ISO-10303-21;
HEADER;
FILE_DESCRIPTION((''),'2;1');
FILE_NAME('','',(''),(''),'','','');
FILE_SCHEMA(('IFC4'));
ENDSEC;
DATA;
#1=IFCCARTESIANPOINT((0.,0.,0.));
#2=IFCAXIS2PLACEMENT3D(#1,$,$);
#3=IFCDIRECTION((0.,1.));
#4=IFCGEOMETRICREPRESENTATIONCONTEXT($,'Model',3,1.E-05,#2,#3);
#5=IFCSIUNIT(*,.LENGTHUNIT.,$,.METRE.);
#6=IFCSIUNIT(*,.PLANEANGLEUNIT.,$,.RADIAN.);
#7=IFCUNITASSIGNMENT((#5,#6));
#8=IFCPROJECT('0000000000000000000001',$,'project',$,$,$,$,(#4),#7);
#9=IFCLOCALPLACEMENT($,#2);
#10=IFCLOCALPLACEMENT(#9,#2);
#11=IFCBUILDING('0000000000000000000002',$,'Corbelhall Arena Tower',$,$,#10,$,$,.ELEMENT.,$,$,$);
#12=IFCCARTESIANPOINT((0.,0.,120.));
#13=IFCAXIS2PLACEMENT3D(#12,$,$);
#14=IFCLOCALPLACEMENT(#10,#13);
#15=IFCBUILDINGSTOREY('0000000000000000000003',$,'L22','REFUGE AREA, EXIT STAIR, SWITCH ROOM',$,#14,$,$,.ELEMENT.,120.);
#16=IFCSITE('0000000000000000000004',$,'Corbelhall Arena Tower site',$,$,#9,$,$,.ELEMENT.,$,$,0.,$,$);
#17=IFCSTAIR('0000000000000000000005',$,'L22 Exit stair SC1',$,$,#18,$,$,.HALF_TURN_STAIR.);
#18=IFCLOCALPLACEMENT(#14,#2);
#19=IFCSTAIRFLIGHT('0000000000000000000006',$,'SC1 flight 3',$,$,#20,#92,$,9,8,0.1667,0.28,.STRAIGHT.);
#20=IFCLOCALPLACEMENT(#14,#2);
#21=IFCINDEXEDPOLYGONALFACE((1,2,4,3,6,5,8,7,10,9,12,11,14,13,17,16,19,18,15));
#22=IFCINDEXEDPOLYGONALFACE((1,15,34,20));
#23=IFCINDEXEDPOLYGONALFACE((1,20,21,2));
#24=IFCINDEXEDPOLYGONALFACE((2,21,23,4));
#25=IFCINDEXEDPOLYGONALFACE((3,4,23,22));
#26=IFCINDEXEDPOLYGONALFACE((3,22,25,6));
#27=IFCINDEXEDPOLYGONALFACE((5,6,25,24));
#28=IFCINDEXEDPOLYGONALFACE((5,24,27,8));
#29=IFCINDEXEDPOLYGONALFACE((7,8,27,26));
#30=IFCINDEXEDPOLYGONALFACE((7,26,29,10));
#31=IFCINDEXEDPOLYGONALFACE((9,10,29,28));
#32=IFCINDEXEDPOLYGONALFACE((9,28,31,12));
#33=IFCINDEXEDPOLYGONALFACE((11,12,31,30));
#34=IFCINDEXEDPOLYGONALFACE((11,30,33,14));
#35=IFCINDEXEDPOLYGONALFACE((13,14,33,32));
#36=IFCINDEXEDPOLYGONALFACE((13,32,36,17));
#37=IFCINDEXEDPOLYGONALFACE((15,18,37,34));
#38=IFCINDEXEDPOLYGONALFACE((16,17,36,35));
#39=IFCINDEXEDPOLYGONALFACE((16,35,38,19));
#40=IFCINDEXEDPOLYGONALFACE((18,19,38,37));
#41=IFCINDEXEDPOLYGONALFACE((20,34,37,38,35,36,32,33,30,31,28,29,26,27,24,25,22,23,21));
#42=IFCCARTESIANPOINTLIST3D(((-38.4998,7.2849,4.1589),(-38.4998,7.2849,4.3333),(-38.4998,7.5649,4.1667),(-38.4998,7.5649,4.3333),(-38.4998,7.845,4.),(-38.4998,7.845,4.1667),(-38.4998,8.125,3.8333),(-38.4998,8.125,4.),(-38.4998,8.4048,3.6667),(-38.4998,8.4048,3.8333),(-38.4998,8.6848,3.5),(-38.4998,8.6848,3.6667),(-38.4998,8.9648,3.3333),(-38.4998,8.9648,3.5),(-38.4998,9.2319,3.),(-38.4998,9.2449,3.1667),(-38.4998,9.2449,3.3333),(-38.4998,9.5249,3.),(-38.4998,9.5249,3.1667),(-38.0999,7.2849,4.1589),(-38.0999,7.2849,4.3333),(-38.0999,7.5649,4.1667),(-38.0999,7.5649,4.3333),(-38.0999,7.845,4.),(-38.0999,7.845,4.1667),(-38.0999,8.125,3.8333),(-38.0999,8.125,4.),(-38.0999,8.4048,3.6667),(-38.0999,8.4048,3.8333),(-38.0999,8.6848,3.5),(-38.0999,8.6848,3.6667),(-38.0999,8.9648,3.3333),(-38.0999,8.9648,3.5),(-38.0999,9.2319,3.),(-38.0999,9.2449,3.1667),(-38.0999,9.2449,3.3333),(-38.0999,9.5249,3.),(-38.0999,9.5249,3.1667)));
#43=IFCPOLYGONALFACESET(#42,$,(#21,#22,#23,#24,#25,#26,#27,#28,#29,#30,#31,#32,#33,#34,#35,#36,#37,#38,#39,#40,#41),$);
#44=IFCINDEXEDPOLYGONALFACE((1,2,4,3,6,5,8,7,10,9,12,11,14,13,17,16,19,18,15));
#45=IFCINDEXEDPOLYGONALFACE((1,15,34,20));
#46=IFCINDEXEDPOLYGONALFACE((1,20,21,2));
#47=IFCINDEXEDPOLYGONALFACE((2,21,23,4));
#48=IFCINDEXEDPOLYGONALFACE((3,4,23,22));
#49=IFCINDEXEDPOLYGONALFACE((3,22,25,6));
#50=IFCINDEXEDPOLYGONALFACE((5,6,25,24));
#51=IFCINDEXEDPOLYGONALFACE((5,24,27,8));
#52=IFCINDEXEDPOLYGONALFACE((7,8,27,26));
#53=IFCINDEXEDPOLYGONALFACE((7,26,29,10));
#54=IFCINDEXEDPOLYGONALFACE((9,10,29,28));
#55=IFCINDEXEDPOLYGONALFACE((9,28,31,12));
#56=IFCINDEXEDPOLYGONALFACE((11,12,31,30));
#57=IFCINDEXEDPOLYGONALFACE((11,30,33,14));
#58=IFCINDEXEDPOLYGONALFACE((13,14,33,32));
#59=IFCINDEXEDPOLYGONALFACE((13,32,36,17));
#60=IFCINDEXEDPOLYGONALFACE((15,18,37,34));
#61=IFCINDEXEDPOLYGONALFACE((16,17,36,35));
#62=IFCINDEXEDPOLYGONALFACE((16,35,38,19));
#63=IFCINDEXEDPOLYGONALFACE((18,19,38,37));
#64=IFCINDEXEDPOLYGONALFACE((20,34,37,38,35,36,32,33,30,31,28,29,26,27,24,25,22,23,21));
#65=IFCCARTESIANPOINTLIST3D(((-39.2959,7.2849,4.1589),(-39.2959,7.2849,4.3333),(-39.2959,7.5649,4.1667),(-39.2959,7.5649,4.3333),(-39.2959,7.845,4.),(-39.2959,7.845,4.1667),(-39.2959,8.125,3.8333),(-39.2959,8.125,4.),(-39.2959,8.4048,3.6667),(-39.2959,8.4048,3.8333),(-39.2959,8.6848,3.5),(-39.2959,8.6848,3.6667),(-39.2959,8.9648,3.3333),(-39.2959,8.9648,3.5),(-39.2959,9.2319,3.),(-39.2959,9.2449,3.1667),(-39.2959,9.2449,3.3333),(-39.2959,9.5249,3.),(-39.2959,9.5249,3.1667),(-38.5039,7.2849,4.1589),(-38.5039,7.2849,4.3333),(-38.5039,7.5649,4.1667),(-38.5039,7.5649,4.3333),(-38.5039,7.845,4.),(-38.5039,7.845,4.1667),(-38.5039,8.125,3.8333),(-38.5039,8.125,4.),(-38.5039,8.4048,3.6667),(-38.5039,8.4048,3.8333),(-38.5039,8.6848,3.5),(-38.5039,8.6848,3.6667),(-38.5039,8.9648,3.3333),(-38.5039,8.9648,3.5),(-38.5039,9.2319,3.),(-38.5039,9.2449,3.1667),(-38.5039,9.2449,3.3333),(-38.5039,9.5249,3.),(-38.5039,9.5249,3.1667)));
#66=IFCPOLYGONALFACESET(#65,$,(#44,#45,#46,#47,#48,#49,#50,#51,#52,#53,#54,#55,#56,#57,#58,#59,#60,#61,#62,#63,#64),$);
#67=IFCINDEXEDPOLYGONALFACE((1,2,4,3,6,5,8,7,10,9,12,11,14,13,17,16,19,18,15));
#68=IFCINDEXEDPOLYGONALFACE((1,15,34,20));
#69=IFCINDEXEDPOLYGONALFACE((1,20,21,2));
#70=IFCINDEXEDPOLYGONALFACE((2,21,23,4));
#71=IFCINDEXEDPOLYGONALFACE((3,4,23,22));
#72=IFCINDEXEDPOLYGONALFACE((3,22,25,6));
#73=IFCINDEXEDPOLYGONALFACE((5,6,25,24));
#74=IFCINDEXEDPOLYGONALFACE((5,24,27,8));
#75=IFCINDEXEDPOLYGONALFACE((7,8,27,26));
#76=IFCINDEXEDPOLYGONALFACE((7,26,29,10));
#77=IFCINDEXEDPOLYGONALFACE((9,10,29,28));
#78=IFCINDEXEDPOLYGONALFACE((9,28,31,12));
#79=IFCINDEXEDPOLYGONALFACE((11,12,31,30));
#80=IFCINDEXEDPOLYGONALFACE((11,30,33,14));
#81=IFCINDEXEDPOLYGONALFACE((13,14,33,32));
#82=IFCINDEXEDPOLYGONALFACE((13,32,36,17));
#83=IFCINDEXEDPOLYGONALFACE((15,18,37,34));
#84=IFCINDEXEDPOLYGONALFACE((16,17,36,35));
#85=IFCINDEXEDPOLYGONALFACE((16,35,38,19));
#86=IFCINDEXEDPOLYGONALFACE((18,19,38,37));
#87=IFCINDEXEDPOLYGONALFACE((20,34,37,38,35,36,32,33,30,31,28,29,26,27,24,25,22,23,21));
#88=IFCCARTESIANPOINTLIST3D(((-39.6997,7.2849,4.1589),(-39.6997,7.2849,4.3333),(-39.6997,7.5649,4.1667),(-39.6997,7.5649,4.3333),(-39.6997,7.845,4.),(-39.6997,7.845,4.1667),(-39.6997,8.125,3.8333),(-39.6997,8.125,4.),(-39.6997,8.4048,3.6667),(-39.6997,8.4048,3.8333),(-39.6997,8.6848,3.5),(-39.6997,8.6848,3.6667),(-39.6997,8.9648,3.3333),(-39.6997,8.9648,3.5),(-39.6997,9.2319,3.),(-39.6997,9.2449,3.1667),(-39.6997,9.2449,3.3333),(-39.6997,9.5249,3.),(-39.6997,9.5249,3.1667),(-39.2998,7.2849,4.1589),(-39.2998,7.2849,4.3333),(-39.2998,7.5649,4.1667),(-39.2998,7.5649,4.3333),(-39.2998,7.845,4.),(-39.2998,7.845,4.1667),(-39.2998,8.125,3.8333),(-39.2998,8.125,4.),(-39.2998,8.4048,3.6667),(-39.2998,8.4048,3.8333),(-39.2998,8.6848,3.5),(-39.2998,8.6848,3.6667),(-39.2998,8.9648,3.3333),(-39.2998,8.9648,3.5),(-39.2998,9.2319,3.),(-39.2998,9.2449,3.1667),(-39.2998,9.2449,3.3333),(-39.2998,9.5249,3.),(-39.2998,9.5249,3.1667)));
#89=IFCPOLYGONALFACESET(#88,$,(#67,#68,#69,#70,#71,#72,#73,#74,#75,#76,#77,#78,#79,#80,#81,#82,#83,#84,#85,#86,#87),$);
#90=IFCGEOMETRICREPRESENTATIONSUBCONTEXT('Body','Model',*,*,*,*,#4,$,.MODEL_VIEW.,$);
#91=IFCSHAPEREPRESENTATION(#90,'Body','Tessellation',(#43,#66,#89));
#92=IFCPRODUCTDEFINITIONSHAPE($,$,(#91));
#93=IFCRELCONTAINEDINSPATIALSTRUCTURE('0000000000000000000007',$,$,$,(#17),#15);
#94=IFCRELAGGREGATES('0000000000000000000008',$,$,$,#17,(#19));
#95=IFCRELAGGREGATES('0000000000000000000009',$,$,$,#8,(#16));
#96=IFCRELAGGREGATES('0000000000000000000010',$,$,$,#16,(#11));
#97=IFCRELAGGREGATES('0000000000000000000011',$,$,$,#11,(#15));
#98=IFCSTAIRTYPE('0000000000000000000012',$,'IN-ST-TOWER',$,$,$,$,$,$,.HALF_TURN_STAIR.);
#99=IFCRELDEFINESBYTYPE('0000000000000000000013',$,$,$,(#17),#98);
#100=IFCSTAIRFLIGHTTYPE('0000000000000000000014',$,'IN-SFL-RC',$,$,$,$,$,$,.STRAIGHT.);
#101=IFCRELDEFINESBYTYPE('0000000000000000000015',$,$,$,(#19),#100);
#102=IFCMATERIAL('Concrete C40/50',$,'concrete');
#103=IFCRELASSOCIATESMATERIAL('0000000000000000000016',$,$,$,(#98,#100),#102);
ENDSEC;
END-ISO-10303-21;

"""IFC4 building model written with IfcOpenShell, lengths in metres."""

from ifc_helpers import new_model, si_unit, direction, frame, origin, place, context, subcontext, project, spatial, polyline, outline, extrude, material, type_object, element, aggregate, save


model = new_model("IFC4")

# Units and contexts
model_context = context("Model", 3, precision=1e-05, world=origin(), true_north=direction((0.0, 1.0)))
body_context = subcontext(model_context, "Body", "Model", "MODEL_VIEW")
ifc_project = project(units=[si_unit("LENGTHUNIT", "METRE"), si_unit("PLANEANGLEUNIT", "RADIAN")], contexts=[model_context])

# Site, building, storey
site_placement = place(None, origin())
site = spatial("IfcSite", under=ifc_project, at=site_placement, Name="Corbelhall Arena Tower site", CompositionType="ELEMENT", RefElevation=0.0)
building_placement = place(site_placement, origin())
building = spatial("IfcBuilding", under=site, at=building_placement, Name="Corbelhall Arena Tower", CompositionType="ELEMENT")
storey_placement = place(building_placement, frame((0.0, 0.0, 120.0)))
storey = spatial("IfcBuildingStorey", under=building, at=storey_placement, Name="L22", Description="REFUGE AREA, EXIT STAIR, SWITCH ROOM", CompositionType="ELEMENT", Elevation=120.0)

# Shared definitions
ifc_material_1 = material(Name="Concrete C40/50", Category="concrete")

# Stair, stair flight
stair_type = type_object("IfcStairType", Name="IN-ST-TOWER", PredefinedType="HALF_TURN_STAIR", material=ifc_material_1)
stair_placement = place(storey_placement, origin())
stair = element("IfcStair", 1, at=stair_placement, inside=storey, type_object=stair_type, Name="L22 Exit stair SC1", PredefinedType="HALF_TURN_STAIR")
stair_flight_type = type_object("IfcStairFlightType", Name="IN-SFL-RC", PredefinedType="STRAIGHT", material=ifc_material_1)
stair_flight_1_placement = place(storey_placement, frame((-38.8999, 9.5249, 3.0), z_axis=(0.0, 0.0, 1.0), x_axis=(0.0, -1.0, 0.0)))
stair_flight_1 = element("IfcStairFlight", 2, at=stair_flight_1_placement, type_object=stair_flight_type, Name="SC1 flight 3", NumberOfRisers=9, NumberOfTreads=8, PredefinedType="STRAIGHT", RiserHeight=0.1667, TreadLength=0.28, context=body_context, shape_type="SweptSolid", body=[
    extrude(outline(polyline([(0.0, 0.0), (0.0, 0.1667), (0.28, 0.1667), (0.28, 0.3333), (0.5601, 0.3333), (0.5601, 0.5), (0.8401, 0.5), (0.8401, 0.6667), (1.1201, 0.6667), (1.1201, 0.8333), (1.3999, 0.8333), (1.3999, 1.0), (1.6799, 1.0), (1.6799, 1.1667), (1.96, 1.1667), (1.96, 1.3333), (2.24, 1.3333), (2.24, 1.5), (2.24, 1.1589), (0.293, 0.0), (0.0, 0.0)])), frame((0.0, 0.8, 0.0), z_axis=(0.0, -1.0, 0.0), x_axis=(1.0, 0.0, 0.0)), (0.0, 0.0, 1.0), 0.3999),
    extrude(outline(polyline([(0.0, 0.0), (0.0, 0.1667), (0.28, 0.1667), (0.28, 0.3333), (0.5601, 0.3333), (0.5601, 0.5), (0.8401, 0.5), (0.8401, 0.6667), (1.1201, 0.6667), (1.1201, 0.8333), (1.3999, 0.8333), (1.3999, 1.0), (1.6799, 1.0), (1.6799, 1.1667), (1.96, 1.1667), (1.96, 1.3333), (2.24, 1.3333), (2.24, 1.5), (2.24, 1.1589), (0.293, 0.0), (0.0, 0.0)])), frame((0.0, 0.396, 0.0), z_axis=(0.0, -1.0, 0.0), x_axis=(1.0, 0.0, 0.0)), (0.0, 0.0, 1.0), 0.792),
    extrude(outline(polyline([(0.0, 0.0), (0.0, 0.1667), (0.28, 0.1667), (0.28, 0.3333), (0.5601, 0.3333), (0.5601, 0.5), (0.8401, 0.5), (0.8401, 0.6667), (1.1201, 0.6667), (1.1201, 0.8333), (1.3999, 0.8333), (1.3999, 1.0), (1.6799, 1.0), (1.6799, 1.1667), (1.96, 1.1667), (1.96, 1.3333), (2.24, 1.3333), (2.24, 1.5), (2.24, 1.1589), (0.293, 0.0), (0.0, 0.0)])), frame((0.0, -0.3999, 0.0), z_axis=(0.0, -1.0, 0.0), x_axis=(1.0, 0.0, 0.0)), (0.0, 0.0, 1.0), 0.3999),
])
aggregate(stair, [stair_flight_1])

save(model, "model.ifc")
